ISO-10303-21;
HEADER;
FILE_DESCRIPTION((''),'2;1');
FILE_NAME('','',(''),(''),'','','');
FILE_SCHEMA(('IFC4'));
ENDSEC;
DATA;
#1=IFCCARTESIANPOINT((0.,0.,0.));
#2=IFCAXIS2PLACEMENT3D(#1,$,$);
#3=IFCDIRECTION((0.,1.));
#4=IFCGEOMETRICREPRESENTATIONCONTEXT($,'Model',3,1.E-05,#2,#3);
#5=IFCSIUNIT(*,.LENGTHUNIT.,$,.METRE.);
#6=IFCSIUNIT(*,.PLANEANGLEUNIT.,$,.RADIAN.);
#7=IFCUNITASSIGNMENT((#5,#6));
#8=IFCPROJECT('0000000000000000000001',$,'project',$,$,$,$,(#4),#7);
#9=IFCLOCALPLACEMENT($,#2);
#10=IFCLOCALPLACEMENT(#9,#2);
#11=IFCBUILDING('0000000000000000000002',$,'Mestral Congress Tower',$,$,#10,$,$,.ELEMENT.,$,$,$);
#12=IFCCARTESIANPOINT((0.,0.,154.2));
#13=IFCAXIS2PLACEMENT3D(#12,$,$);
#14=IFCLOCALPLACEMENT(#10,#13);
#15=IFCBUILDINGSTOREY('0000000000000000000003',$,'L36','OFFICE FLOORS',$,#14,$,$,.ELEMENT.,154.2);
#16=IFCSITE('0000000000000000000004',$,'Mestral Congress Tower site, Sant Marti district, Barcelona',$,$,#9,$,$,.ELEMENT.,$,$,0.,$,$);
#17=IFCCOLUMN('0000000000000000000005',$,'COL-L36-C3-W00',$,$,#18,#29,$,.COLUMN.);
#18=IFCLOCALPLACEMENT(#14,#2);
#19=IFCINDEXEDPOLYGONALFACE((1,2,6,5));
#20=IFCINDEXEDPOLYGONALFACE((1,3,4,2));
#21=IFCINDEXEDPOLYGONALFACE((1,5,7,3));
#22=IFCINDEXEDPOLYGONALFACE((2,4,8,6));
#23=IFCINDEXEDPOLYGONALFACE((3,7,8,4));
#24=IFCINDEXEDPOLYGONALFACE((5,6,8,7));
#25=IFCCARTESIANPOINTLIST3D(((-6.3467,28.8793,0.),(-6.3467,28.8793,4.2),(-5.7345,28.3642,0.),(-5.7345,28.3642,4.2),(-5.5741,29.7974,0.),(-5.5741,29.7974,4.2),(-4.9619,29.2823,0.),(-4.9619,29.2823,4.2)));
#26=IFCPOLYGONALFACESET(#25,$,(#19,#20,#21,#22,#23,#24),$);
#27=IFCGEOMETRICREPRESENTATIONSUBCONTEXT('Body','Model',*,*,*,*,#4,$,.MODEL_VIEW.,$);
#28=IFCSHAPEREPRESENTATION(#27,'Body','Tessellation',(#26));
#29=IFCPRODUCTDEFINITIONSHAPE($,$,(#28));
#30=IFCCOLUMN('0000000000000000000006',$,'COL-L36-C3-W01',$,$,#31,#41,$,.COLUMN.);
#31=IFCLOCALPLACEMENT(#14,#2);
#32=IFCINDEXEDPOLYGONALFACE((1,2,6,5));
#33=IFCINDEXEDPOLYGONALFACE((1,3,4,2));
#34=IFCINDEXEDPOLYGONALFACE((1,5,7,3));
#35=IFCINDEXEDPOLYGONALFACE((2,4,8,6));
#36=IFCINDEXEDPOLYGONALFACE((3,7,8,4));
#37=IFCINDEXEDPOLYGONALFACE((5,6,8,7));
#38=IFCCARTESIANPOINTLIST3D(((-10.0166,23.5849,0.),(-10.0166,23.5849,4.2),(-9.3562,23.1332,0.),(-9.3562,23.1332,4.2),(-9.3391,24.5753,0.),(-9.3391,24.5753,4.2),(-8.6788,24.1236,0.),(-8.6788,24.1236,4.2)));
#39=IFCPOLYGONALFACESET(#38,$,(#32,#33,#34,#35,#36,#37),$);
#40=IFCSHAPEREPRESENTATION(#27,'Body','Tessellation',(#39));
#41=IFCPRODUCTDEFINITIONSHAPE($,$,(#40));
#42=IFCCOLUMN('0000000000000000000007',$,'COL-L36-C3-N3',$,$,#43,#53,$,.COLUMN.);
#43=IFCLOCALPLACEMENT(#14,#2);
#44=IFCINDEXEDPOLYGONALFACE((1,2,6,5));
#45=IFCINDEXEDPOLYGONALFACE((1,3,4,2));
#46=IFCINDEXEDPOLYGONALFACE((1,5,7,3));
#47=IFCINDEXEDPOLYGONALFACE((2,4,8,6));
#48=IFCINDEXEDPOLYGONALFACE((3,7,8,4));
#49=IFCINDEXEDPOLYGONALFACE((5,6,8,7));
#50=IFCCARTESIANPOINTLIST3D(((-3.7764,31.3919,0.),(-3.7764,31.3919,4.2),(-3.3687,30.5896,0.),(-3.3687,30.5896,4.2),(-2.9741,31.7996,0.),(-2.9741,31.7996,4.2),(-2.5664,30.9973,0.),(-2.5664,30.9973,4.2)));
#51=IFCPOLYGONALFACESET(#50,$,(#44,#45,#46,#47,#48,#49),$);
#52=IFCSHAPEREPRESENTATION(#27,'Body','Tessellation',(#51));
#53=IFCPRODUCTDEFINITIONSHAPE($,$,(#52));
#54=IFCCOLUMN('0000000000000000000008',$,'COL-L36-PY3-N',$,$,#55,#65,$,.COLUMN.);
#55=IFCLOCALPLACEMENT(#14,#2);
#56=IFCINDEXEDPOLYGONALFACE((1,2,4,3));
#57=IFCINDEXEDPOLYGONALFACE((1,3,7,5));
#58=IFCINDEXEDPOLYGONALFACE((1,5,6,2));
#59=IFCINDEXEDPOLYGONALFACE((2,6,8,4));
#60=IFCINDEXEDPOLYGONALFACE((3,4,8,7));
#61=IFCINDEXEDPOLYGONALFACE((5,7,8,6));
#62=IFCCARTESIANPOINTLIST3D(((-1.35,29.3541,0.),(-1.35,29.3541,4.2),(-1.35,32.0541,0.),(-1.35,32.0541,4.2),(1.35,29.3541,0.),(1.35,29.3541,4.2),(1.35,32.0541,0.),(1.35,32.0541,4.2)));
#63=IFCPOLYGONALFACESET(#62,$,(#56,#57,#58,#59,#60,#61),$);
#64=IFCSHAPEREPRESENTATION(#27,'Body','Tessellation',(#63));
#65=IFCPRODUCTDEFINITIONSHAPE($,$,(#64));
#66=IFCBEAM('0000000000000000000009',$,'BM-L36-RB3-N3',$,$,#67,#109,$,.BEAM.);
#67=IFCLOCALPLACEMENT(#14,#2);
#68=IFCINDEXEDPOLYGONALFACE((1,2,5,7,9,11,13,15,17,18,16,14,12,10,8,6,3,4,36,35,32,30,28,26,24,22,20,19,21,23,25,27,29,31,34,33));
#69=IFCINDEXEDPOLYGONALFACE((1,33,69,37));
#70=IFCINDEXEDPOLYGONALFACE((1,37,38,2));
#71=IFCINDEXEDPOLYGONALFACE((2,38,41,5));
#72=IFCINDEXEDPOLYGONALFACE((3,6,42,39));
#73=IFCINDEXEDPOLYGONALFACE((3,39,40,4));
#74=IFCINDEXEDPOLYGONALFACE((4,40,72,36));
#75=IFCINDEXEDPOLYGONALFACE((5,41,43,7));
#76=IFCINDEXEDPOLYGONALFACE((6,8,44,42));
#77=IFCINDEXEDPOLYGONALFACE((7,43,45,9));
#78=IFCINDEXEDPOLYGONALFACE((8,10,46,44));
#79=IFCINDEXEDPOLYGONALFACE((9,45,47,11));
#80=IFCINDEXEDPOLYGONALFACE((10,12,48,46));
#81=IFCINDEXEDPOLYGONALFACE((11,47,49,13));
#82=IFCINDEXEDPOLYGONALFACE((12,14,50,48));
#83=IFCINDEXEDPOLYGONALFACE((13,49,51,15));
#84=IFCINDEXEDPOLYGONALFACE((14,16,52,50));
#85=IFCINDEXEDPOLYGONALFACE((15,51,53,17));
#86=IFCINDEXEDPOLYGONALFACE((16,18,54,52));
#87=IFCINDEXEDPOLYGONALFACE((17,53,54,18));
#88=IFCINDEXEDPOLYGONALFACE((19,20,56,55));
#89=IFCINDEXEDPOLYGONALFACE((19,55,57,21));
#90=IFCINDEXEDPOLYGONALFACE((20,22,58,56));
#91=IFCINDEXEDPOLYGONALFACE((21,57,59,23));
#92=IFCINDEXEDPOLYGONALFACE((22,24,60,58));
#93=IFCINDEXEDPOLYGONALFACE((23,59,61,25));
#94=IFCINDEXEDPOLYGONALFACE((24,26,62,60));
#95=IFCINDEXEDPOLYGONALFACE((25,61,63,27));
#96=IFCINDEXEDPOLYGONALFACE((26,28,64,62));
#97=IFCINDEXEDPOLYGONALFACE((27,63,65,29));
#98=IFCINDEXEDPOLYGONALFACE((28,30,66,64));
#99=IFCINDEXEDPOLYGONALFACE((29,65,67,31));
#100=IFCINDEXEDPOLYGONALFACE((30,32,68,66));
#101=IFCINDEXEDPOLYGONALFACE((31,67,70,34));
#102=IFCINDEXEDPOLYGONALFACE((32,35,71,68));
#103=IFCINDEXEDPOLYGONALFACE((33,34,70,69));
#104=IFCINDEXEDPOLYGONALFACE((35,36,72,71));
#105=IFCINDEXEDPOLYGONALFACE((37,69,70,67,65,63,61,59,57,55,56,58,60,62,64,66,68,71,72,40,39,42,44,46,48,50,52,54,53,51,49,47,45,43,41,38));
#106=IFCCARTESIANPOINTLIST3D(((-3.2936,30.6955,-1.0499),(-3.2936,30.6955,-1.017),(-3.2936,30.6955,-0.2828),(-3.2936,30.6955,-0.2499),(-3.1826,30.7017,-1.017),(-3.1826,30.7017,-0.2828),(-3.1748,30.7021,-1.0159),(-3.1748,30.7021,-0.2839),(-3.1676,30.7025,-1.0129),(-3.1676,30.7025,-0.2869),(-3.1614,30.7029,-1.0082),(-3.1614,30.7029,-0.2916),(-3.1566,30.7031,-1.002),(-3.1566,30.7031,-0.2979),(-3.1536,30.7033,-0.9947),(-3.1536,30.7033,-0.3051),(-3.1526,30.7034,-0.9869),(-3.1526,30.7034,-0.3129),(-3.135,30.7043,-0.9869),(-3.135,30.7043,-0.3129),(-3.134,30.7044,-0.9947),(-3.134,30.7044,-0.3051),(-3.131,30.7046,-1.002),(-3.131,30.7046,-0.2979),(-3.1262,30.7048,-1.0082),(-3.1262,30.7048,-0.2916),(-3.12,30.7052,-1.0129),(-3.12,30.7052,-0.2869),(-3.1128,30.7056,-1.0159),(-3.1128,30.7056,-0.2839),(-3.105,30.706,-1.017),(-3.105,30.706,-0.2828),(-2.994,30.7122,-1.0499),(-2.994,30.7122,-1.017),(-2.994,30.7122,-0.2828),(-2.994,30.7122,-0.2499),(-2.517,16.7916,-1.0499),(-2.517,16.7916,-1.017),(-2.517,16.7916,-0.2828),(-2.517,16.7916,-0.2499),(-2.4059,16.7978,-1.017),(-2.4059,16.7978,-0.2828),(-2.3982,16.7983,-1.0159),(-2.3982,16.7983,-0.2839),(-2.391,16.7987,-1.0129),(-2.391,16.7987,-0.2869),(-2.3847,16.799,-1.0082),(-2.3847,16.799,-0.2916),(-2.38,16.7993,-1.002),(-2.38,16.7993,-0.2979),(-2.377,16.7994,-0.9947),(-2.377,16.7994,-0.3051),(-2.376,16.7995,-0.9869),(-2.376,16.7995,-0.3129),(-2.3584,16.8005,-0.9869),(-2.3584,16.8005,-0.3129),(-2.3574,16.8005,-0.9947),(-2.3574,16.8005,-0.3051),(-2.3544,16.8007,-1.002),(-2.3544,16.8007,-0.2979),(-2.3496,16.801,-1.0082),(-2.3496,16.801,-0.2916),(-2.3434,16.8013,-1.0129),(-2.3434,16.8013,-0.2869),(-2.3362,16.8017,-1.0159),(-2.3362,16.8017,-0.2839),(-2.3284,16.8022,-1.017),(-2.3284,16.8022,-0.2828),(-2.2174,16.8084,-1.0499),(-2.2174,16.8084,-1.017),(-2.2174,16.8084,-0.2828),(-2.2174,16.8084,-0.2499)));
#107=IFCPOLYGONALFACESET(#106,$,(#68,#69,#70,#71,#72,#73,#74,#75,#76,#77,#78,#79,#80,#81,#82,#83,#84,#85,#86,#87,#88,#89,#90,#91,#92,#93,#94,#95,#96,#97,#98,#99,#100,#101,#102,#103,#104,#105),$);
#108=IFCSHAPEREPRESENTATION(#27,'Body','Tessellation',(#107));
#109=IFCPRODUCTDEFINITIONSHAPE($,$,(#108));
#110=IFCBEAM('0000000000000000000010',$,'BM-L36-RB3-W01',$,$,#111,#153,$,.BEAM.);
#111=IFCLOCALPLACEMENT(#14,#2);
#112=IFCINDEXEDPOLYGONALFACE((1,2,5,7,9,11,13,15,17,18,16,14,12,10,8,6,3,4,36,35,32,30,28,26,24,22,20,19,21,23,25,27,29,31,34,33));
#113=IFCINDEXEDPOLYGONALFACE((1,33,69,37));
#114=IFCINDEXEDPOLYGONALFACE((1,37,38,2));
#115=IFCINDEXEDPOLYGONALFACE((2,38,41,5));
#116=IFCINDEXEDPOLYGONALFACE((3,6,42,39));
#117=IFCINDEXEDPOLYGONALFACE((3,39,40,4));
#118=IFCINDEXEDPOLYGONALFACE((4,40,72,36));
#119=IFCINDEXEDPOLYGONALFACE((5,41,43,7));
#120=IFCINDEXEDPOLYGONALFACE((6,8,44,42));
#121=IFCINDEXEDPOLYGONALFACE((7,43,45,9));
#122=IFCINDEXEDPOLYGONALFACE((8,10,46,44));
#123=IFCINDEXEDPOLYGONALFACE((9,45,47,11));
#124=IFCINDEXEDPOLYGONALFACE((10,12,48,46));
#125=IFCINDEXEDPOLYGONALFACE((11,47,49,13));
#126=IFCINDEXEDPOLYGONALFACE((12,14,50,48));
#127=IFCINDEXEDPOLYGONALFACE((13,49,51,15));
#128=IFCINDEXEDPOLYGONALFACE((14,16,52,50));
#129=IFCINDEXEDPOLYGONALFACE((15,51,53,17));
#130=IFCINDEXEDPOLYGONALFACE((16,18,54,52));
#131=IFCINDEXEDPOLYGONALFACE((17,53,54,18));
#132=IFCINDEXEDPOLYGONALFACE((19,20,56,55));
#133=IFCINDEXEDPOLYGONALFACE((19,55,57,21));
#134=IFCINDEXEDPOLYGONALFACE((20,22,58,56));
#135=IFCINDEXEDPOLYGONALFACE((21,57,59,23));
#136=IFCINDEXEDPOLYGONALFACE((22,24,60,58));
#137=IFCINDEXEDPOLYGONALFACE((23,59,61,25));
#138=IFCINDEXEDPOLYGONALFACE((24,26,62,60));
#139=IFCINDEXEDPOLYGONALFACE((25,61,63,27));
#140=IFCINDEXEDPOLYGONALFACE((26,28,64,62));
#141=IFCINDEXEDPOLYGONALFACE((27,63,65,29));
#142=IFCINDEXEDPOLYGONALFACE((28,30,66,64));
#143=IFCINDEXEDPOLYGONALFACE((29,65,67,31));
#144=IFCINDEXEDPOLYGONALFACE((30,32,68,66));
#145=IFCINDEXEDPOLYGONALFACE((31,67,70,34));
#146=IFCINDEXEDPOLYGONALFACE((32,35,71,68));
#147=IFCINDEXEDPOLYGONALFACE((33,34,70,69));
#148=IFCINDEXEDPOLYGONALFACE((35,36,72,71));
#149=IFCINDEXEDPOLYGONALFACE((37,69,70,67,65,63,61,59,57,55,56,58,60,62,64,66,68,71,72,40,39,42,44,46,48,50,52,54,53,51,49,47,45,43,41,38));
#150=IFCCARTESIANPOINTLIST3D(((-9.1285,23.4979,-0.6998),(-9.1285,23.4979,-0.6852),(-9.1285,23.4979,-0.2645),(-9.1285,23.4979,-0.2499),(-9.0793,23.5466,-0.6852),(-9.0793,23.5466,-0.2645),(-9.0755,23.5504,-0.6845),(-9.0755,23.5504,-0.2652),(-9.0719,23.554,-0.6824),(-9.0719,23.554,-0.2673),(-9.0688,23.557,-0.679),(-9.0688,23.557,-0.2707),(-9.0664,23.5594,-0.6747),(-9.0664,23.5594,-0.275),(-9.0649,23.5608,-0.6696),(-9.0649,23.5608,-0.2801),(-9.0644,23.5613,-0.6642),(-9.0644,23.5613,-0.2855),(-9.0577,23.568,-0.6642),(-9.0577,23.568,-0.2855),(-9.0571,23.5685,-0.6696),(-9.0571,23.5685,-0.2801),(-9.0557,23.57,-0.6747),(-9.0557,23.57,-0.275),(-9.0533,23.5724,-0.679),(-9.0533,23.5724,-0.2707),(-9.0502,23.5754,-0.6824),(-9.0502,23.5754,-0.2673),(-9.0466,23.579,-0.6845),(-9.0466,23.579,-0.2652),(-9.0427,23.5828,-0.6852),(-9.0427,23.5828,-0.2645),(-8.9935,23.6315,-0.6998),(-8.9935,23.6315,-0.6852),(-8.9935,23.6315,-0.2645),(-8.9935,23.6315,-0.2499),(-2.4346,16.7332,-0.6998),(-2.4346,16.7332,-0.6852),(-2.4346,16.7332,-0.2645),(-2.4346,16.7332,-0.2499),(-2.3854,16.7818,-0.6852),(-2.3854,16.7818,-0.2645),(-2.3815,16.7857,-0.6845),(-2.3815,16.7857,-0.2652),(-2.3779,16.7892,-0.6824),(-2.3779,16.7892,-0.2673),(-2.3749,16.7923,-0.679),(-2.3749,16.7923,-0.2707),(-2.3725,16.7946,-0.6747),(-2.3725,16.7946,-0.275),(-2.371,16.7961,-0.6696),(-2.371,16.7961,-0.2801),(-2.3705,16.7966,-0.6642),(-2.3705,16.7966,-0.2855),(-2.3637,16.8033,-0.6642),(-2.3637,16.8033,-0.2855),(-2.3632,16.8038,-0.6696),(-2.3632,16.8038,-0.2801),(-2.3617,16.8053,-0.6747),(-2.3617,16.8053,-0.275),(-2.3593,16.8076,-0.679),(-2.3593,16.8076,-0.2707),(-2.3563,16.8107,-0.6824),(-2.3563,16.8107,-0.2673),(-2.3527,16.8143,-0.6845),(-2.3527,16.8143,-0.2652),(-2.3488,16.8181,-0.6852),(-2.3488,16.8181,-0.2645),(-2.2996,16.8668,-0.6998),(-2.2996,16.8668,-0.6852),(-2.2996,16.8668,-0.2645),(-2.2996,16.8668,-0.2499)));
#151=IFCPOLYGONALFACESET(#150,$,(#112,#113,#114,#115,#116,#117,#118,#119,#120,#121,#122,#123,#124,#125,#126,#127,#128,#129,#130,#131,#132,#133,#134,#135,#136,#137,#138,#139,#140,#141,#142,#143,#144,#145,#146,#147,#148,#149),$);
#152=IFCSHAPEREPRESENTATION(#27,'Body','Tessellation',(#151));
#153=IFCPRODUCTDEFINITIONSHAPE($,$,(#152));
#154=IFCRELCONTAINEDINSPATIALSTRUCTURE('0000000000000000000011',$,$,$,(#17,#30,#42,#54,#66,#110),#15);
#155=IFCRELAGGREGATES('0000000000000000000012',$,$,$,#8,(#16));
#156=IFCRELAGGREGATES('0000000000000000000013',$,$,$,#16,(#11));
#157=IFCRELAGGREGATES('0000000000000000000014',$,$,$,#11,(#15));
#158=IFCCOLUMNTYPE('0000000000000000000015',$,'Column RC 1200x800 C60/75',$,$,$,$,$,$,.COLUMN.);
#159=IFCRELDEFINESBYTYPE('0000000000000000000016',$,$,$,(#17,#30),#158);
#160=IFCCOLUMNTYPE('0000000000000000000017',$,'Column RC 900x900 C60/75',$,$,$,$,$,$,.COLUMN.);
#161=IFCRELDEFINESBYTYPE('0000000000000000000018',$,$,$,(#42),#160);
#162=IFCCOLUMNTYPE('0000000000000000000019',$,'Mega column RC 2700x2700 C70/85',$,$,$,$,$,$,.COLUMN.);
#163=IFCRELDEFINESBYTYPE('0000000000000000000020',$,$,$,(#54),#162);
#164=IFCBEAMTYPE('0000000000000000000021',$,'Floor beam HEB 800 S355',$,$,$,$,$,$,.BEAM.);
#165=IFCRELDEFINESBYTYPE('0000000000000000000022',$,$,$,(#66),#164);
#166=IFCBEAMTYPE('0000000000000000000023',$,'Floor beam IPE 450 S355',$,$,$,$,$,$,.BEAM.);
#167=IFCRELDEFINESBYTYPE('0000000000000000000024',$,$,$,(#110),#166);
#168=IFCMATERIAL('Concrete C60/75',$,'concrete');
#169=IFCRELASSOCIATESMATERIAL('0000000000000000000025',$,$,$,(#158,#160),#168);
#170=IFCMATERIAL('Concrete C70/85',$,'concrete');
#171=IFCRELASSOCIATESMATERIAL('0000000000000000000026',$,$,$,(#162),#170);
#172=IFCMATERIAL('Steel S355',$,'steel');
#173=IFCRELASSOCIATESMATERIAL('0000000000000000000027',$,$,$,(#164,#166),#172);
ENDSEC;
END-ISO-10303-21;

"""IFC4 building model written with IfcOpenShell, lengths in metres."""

from ifc_helpers import new_model, si_unit, direction, frame, origin, origin_2d, place, context, subcontext, project, spatial, rectangle, i_section, extrude, material, material_profile, profile_set, type_object, element, save


model = new_model("IFC4")

# Units and contexts
model_context = context("Model", 3, precision=1e-05, world=origin(), true_north=direction((0.0, 1.0)))
body_context = subcontext(model_context, "Body", "Model", "MODEL_VIEW")
ifc_project = project(units=[si_unit("LENGTHUNIT", "METRE"), si_unit("PLANEANGLEUNIT", "RADIAN")], contexts=[model_context])

# Site, building, storey
site_placement = place(None, origin())
site = spatial("IfcSite", under=ifc_project, at=site_placement, Name="Mestral Congress Tower site, Sant Marti district, Barcelona", CompositionType="ELEMENT", RefElevation=0.0)
building_placement = place(site_placement, origin())
building = spatial("IfcBuilding", under=site, at=building_placement, Name="Mestral Congress Tower", CompositionType="ELEMENT")
storey_placement = place(building_placement, frame((0.0, 0.0, 154.2)))
storey = spatial("IfcBuildingStorey", under=building, at=storey_placement, Name="L36", Description="OFFICE FLOORS", CompositionType="ELEMENT", Elevation=154.2)

# Columns
ifc_material_1 = material(Name="Concrete C60/75", Category="concrete")
ifc_material_profile_1 = material_profile(ifc_material_1, rectangle(XDim=1.2, YDim=0.8, at=origin_2d()), Name="RC 1200x800")
ifc_profile_set_1 = profile_set([ifc_material_profile_1], Name="Concrete C60/75")
column_type_1 = type_object("IfcColumnType", Name="Column RC 1200x800 C60/75", PredefinedType="COLUMN", material=ifc_profile_set_1)
for number, where, z_axis, x_axis, name in (
    (1, (-5.6543, 29.0808, 0.0), (0.0, 0.0, 1.0), (-0.643827, -0.765171, 0.0), "COL-L36-C3-W00"),
    (2, (-9.3477, 23.8542, 0.0), (0.0, 0.0, 1.0), (-0.564568, -0.825387, 0.0), "COL-L36-C3-W01"),
):
    element("IfcColumn", number, at=place(storey_placement, frame(where, z_axis=z_axis, x_axis=x_axis)), inside=storey, type_object=column_type_1, Name=name, PredefinedType="COLUMN", context=body_context, shape_type="SweptSolid", body=[
        extrude(rectangle(XDim=1.2, YDim=0.8, at=origin_2d()), origin(), (0.0, 0.0, 1.0), 4.2),
    ])
ifc_material_profile_2 = material_profile(ifc_material_1, rectangle(XDim=0.8999, YDim=0.8999, at=origin_2d()), Name="RC 900x900")
ifc_profile_set_2 = profile_set([ifc_material_profile_2], Name="Concrete C60/75")
column_type_2 = type_object("IfcColumnType", Name="Column RC 900x900 C60/75", PredefinedType="COLUMN", material=ifc_profile_set_2)
column_1_placement = place(storey_placement, frame((-3.1714, 31.1946, 0.0), z_axis=(0.0, 0.0, 1.0), x_axis=(-0.891486, -0.453048, 0.0)))
element("IfcColumn", 3, at=column_1_placement, inside=storey, type_object=column_type_2, Name="COL-L36-C3-N3", PredefinedType="COLUMN", context=body_context, shape_type="SweptSolid", body=[
    extrude(rectangle(XDim=0.8999, YDim=0.8999, at=origin_2d()), origin(), (0.0, 0.0, 1.0), 4.2),
])
ifc_material_2 = material(Name="Concrete C70/85", Category="concrete")
ifc_material_profile_3 = material_profile(ifc_material_2, rectangle(XDim=2.7, YDim=2.7, at=origin_2d()), Name="RC 2700x2700")
ifc_profile_set_3 = profile_set([ifc_material_profile_3], Name="Concrete C70/85")
column_type_3 = type_object("IfcColumnType", Name="Mega column RC 2700x2700 C70/85", PredefinedType="COLUMN", material=ifc_profile_set_3)
column_2_placement = place(storey_placement, frame((0.0, 30.7041, 0.0), z_axis=(0.0, 0.0, 1.0), x_axis=(0.0, 1.0, 0.0)))
element("IfcColumn", 4, at=column_2_placement, inside=storey, type_object=column_type_3, Name="COL-L36-PY3-N", PredefinedType="COLUMN", context=body_context, shape_type="SweptSolid", body=[
    extrude(rectangle(XDim=2.7, YDim=2.7, at=origin_2d()), origin(), (0.0, 0.0, 1.0), 4.2),
])

# Beams
ifc_material_3 = material(Name="Steel S355", Category="steel")
ifc_material_profile_4 = material_profile(ifc_material_3, i_section(OverallWidth=0.3, OverallDepth=0.8, WebThickness=0.0176, FlangeThickness=0.033, FilletRadius=0.03, at=origin_2d()), Name="HEB 800")
ifc_profile_set_4 = profile_set([ifc_material_profile_4], Name="Steel S355")
beam_type_1 = type_object("IfcBeamType", Name="Floor beam HEB 800 S355", PredefinedType="BEAM", material=ifc_profile_set_4)
beam_1_placement = place(storey_placement, frame((-3.1438, 30.7039, -0.6499), z_axis=(0.055769, -0.998444, 0.0), x_axis=(0.998444, 0.055769, 0.0)))
element("IfcBeam", 5, at=beam_1_placement, inside=storey, type_object=beam_type_1, Name="BM-L36-RB3-N3", PredefinedType="BEAM", context=body_context, shape_type="SweptSolid", body=[
    extrude(i_section(OverallWidth=0.3, OverallDepth=0.8, WebThickness=0.0176, FlangeThickness=0.033, FilletRadius=0.03, at=origin_2d()), origin(), (0.0, 0.0, 1.0), 13.9255),
])
ifc_material_profile_5 = material_profile(ifc_material_3, i_section(OverallWidth=0.1899, OverallDepth=0.45, WebThickness=0.0095, FlangeThickness=0.0146, FilletRadius=0.021, at=origin_2d()), Name="IPE 450")
ifc_profile_set_5 = profile_set([ifc_material_profile_5], Name="Steel S355")
beam_type_2 = type_object("IfcBeamType", Name="Floor beam IPE 450 S355", PredefinedType="BEAM", material=ifc_profile_set_5)
beam_2_placement = place(storey_placement, frame((-9.061, 23.5647, -0.4749), z_axis=(0.703377, -0.710817, 0.0), x_axis=(0.710817, 0.703377, 0.0)))
element("IfcBeam", 6, at=beam_2_placement, inside=storey, type_object=beam_type_2, Name="BM-L36-RB3-W01", PredefinedType="BEAM", context=body_context, shape_type="SweptSolid", body=[
    extrude(i_section(OverallWidth=0.1899, OverallDepth=0.45, WebThickness=0.0095, FlangeThickness=0.0146, FilletRadius=0.021, at=origin_2d()), origin(), (0.0, 0.0, 1.0), 9.5168),
])

save(model, "model.ifc")
